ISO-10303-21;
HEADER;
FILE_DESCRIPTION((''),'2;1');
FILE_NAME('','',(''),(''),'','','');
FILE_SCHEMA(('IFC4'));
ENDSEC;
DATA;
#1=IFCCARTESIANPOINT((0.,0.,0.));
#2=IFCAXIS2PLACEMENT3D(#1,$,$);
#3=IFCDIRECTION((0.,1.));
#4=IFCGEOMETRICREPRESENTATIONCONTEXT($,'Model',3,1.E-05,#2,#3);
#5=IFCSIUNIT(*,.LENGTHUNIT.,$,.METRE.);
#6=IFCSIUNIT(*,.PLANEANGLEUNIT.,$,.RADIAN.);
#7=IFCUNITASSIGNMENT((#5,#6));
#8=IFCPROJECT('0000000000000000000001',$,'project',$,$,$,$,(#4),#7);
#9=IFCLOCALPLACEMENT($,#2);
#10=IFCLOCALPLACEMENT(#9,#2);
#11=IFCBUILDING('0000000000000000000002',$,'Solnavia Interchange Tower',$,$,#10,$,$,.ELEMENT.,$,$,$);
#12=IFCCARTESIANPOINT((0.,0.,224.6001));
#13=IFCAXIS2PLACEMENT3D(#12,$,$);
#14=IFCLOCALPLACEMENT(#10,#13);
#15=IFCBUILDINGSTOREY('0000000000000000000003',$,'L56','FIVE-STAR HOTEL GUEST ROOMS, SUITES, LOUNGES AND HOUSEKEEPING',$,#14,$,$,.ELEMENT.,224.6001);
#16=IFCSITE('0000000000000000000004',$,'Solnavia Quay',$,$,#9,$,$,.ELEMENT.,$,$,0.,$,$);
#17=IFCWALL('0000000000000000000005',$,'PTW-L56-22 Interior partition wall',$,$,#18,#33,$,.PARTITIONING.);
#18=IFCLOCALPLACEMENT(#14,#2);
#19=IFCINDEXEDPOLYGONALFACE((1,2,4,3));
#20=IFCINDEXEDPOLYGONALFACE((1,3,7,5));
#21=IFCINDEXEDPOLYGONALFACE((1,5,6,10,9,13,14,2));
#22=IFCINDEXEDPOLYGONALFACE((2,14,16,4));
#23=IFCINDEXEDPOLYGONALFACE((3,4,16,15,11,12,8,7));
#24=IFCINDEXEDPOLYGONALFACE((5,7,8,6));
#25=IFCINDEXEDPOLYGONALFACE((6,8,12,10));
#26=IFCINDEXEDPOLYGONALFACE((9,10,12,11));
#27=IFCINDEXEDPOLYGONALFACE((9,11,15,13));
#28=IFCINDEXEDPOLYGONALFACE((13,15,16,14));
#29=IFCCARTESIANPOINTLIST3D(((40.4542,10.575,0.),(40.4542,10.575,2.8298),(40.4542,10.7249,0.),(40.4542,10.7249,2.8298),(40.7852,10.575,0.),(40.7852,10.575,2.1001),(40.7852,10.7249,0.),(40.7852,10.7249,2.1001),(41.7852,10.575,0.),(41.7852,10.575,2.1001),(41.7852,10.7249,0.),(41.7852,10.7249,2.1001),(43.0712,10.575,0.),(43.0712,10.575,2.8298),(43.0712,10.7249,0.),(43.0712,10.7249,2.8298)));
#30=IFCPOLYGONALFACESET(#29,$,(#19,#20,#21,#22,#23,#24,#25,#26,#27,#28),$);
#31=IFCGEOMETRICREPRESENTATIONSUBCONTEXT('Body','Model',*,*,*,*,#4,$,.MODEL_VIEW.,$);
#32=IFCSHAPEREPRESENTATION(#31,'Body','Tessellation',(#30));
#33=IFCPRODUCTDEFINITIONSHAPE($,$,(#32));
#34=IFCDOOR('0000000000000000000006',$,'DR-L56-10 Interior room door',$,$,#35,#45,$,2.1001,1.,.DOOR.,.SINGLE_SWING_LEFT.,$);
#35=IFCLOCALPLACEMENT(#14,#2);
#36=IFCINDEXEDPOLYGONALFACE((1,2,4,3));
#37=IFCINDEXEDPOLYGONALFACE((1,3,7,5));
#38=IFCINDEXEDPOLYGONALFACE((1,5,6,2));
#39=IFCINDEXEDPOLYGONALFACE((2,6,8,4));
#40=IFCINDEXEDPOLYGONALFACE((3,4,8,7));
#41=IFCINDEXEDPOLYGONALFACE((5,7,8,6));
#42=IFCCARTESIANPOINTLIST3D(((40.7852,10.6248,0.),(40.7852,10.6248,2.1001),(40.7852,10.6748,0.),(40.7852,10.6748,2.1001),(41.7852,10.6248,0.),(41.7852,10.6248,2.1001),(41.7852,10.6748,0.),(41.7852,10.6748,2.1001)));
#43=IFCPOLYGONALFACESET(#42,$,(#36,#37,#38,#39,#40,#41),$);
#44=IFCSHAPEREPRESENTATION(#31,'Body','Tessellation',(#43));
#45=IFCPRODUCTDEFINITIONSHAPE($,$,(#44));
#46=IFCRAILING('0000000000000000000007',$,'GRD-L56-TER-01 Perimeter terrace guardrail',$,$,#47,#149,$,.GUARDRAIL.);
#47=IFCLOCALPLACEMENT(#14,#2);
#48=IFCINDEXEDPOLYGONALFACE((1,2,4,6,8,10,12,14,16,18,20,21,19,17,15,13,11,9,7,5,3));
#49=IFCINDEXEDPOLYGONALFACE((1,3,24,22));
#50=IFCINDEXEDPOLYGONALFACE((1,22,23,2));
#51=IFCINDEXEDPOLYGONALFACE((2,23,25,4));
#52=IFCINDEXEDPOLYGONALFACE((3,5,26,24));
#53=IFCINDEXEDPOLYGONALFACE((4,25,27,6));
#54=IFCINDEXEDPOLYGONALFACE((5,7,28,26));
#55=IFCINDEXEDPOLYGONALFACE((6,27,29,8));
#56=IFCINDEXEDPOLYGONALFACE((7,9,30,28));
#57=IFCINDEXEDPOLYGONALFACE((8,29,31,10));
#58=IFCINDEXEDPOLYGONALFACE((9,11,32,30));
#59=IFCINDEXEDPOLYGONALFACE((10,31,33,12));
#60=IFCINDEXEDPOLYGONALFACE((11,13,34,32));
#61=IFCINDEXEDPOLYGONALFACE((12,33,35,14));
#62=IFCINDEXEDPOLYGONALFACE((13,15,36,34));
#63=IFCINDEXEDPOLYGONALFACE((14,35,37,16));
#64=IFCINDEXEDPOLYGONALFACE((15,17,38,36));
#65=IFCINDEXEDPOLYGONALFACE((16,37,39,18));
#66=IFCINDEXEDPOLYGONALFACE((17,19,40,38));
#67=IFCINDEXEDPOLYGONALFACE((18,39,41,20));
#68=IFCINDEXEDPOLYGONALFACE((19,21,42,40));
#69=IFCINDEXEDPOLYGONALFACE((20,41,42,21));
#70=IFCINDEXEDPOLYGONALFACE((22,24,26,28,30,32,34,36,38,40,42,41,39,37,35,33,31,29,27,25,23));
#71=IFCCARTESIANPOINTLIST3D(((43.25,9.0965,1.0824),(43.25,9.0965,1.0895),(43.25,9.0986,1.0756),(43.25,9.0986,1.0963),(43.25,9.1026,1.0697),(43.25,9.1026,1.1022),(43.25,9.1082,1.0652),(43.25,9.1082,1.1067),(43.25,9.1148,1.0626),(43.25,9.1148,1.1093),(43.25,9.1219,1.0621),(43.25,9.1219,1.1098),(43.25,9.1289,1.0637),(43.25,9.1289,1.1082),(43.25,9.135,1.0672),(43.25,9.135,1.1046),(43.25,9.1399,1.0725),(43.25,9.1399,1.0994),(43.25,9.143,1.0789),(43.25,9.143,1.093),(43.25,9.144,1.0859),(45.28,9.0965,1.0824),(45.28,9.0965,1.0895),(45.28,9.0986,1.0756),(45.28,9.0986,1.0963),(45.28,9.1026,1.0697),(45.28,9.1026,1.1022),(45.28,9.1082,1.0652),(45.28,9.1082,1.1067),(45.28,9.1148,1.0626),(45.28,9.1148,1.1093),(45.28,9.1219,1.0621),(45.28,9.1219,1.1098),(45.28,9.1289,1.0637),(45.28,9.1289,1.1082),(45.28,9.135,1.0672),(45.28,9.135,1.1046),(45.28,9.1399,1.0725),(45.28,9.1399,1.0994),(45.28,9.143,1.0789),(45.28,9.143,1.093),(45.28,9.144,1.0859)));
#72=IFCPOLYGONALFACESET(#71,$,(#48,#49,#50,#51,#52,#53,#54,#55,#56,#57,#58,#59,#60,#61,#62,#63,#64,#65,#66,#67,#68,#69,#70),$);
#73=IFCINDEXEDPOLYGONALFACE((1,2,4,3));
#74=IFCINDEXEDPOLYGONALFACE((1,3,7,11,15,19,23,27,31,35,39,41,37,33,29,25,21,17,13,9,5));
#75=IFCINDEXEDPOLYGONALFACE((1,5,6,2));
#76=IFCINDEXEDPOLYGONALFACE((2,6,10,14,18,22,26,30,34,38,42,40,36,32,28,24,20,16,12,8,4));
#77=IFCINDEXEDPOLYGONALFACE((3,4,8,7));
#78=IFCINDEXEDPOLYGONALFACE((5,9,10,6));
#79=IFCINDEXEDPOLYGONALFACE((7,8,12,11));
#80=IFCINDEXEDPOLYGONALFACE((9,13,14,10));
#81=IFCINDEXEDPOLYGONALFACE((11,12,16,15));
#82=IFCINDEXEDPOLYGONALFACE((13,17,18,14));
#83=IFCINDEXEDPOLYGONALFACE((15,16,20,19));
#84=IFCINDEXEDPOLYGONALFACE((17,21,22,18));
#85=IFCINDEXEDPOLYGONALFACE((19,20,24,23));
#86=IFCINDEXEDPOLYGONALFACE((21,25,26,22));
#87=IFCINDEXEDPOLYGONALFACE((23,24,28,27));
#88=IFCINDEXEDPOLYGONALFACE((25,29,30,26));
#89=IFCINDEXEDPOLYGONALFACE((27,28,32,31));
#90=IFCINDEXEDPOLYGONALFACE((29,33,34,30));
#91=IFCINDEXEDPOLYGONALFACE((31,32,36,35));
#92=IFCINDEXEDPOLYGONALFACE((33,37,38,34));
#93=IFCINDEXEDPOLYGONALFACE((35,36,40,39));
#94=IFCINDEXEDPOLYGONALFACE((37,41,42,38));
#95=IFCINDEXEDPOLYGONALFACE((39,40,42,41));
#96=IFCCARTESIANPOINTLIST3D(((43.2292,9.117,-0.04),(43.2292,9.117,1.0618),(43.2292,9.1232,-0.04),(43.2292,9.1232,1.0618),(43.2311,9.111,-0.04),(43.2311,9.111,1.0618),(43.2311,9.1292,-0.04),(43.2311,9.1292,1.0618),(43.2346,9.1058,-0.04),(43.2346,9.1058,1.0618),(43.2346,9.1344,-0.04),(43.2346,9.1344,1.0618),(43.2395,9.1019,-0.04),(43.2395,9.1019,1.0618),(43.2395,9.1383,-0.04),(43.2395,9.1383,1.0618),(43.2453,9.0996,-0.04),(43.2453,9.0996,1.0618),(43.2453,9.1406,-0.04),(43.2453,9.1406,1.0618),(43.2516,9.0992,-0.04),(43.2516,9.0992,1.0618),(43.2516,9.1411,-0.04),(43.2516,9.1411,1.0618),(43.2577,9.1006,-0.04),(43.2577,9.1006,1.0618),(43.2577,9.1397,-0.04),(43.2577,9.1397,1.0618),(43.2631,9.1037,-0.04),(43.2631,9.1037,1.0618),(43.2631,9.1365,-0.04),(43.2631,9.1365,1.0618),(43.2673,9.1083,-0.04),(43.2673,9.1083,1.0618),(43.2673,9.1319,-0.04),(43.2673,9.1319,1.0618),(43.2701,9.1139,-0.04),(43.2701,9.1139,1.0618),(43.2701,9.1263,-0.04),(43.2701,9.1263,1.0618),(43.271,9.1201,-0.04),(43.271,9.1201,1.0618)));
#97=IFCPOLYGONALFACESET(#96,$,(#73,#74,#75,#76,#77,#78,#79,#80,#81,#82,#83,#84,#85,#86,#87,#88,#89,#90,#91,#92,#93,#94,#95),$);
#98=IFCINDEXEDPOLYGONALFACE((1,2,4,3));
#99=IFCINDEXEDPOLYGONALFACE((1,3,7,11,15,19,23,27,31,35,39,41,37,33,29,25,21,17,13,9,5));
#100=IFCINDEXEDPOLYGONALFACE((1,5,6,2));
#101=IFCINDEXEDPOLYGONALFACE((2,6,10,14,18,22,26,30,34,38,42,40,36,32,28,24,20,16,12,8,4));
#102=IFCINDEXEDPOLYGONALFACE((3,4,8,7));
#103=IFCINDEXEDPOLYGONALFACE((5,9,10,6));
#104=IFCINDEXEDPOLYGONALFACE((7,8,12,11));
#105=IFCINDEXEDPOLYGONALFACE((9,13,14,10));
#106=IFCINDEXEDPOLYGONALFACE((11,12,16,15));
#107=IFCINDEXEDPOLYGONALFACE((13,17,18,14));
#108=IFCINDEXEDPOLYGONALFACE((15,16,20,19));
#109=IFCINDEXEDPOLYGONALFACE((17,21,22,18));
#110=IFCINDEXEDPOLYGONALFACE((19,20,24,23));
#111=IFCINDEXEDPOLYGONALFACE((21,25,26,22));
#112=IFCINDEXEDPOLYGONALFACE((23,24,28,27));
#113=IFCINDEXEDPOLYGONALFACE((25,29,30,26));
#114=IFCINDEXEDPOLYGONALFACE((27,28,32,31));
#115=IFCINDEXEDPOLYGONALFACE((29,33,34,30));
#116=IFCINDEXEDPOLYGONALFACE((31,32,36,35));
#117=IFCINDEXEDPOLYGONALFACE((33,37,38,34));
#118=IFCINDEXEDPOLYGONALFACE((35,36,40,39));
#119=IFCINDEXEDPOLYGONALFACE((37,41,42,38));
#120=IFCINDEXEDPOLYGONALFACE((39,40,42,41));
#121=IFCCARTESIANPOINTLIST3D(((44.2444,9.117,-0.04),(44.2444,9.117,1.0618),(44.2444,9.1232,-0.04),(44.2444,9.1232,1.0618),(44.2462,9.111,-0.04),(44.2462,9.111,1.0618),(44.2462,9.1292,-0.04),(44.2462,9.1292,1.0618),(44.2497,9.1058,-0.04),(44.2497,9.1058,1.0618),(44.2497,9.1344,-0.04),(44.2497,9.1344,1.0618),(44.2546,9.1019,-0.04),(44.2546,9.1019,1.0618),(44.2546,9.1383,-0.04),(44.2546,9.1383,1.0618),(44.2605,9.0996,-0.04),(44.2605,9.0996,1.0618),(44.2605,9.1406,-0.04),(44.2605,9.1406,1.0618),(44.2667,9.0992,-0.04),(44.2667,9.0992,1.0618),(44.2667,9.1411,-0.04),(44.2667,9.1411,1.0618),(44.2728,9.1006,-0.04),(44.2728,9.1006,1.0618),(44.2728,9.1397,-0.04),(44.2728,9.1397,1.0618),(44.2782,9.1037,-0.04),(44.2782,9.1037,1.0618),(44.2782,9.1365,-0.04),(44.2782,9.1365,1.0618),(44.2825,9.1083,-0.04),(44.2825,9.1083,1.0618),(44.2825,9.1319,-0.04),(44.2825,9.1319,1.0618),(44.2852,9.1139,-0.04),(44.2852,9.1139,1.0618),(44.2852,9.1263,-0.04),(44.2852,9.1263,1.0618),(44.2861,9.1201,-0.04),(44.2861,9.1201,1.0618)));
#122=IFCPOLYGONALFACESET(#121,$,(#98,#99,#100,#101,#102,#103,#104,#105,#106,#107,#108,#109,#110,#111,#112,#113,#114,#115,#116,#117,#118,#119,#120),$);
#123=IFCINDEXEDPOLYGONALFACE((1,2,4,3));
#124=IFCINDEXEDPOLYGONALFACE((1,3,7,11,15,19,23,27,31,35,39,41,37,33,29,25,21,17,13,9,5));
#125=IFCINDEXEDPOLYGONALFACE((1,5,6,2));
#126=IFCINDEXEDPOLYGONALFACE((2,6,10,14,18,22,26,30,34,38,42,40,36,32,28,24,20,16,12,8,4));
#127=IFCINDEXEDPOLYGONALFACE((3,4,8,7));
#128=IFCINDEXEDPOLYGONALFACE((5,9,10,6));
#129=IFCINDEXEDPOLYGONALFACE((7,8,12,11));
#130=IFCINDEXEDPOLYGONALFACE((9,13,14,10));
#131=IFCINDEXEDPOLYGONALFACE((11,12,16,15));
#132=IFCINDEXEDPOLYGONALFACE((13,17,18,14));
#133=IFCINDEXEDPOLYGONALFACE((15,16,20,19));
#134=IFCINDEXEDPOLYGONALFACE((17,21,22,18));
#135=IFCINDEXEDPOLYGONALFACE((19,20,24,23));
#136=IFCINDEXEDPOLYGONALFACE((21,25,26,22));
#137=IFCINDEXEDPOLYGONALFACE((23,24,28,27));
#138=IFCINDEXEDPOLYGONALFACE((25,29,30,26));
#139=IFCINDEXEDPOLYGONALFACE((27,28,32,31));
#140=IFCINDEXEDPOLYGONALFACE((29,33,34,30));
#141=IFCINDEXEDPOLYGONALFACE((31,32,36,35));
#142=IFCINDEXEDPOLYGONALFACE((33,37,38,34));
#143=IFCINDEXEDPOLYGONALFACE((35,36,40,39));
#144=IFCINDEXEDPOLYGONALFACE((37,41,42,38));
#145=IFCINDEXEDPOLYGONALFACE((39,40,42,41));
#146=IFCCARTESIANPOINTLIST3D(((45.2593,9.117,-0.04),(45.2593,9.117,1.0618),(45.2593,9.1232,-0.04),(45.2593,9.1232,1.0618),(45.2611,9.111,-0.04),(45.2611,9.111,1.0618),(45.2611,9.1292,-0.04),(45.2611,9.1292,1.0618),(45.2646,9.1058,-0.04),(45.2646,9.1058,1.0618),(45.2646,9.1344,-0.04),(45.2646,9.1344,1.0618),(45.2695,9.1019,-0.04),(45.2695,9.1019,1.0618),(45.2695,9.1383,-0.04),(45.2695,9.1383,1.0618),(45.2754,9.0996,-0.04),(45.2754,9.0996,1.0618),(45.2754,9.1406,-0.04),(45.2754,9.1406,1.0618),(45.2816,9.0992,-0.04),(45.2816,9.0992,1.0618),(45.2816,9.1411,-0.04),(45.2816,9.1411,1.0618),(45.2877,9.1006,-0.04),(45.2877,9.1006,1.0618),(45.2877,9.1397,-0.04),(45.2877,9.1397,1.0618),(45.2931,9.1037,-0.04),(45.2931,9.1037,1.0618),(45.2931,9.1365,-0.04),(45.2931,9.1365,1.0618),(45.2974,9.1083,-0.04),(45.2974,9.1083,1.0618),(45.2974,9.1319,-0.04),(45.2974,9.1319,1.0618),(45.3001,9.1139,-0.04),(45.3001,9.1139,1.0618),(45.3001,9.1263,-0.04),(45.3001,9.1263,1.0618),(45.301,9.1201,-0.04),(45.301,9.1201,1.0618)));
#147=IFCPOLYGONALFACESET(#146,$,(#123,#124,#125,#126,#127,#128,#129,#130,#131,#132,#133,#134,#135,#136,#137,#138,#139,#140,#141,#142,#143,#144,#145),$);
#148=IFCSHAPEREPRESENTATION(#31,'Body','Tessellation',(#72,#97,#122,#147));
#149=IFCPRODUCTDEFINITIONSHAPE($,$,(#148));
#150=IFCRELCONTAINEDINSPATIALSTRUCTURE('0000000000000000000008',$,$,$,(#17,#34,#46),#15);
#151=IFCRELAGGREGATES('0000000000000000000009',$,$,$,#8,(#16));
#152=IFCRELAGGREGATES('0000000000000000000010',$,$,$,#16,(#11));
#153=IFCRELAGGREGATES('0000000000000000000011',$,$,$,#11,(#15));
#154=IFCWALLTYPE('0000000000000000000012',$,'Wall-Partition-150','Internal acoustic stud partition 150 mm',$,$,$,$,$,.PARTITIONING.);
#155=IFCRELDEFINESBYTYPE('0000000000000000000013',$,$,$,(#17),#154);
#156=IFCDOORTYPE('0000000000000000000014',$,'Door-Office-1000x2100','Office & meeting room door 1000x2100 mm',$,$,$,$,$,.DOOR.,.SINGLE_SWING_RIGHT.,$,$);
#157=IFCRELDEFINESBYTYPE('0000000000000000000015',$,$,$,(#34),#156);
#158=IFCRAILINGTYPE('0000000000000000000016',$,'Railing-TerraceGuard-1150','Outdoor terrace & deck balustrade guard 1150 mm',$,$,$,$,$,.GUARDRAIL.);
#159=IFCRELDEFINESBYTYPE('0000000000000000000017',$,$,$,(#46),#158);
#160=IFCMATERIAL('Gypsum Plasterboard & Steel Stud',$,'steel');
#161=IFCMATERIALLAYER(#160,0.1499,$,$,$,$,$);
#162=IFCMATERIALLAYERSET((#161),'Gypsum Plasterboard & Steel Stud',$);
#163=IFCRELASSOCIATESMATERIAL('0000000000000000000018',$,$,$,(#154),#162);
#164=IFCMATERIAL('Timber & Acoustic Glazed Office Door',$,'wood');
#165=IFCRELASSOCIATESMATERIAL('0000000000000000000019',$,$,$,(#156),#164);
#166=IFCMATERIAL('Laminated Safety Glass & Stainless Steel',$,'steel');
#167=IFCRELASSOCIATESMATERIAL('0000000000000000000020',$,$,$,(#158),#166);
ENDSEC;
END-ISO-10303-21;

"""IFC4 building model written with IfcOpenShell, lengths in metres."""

from ifc_helpers import new_model, si_unit, direction, frame, frame_2d, origin, origin_2d, place, context, subcontext, project, spatial, rectangle, circle, extrude, material, layer, layer_set, type_object, element, fill, save


model = new_model("IFC4")

# Units and contexts
model_context = context("Model", 3, precision=1e-05, world=origin(), true_north=direction((0.0, 1.0)))
body_context = subcontext(model_context, "Body", "Model", "MODEL_VIEW")
ifc_project = project(units=[si_unit("LENGTHUNIT", "METRE"), si_unit("PLANEANGLEUNIT", "RADIAN")], contexts=[model_context])

# Site, building, storey
site_placement = place(None, origin())
site = spatial("IfcSite", under=ifc_project, at=site_placement, Name="Solnavia Quay", CompositionType="ELEMENT", RefElevation=0.0)
building_placement = place(site_placement, origin())
building = spatial("IfcBuilding", under=site, at=building_placement, Name="Solnavia Interchange Tower", CompositionType="ELEMENT")
storey_placement = place(building_placement, frame((0.0, 0.0, 224.6001)))
storey = spatial("IfcBuildingStorey", under=building, at=storey_placement, Name="L56", Description="FIVE-STAR HOTEL GUEST ROOMS, SUITES, LOUNGES AND HOUSEKEEPING", CompositionType="ELEMENT", Elevation=224.6001)

# Wall, opening, door
ifc_material_1 = material(Name="Gypsum Plasterboard & Steel Stud", Category="steel")
ifc_layer_1 = layer(ifc_material_1, 0.1499)
ifc_layer_set_1 = layer_set([ifc_layer_1], Name="Gypsum Plasterboard & Steel Stud")
wall_type_1 = type_object("IfcWallType", Name="Wall-Partition-150", Description="Internal acoustic stud partition 150 mm", PredefinedType="PARTITIONING", material=ifc_layer_set_1)
wall_1_placement = place(storey_placement, frame((40.4541, 10.6499, 0.0), z_axis=(0.0, 0.0, 1.0), x_axis=(1.0, 0.0, 0.0)))
wall_1 = element("IfcWall", 1, at=wall_1_placement, inside=storey, type_object=wall_type_1, Name="PTW-L56-22 Interior partition wall", PredefinedType="PARTITIONING", context=body_context, shape_type="SweptSolid", body=[
    extrude(rectangle(XDim=2.6169, YDim=0.1499, at=frame_2d((1.3086, 0.0))), origin(), (0.0, 0.0, 1.0), 2.8298),
])
opening_1_placement = place(wall_1_placement, frame((0.3311, 0.0, 0.0)))
opening_1 = element("IfcOpeningElement", 2, at=opening_1_placement, cuts=wall_1, PredefinedType="OPENING", context=body_context, shape_type="SweptSolid", body=[
    extrude(rectangle(XDim=1.0, YDim=2.1001, at=frame_2d((0.5, 1.05))), frame((0.0, 0.085, 0.0), z_axis=(0.0, -1.0, 0.0), x_axis=(1.0, 0.0, 0.0)), (0.0, 0.0, 1.0), 0.1699),
])
ifc_material_2 = material(Name="Timber & Acoustic Glazed Office Door", Category="wood")
door_type = type_object("IfcDoorType", Name="Door-Office-1000x2100", Description="Office & meeting room door 1000x2100 mm", OperationType="SINGLE_SWING_RIGHT", PredefinedType="DOOR", material=ifc_material_2)
door_placement = place(opening_1_placement, origin())
door = element("IfcDoor", 3, at=door_placement, inside=storey, type_object=door_type, Name="DR-L56-10 Interior room door", OperationType="SINGLE_SWING_LEFT", OverallHeight=2.1001, OverallWidth=1.0, PredefinedType="DOOR", context=body_context, shape_type="SweptSolid", body=[
    extrude(rectangle(XDim=1.0, YDim=2.1001, at=frame_2d((0.5, 1.05))), frame((0.0, 0.0249, 0.0), z_axis=(0.0, -1.0, 0.0), x_axis=(1.0, 0.0, 0.0)), (0.0, 0.0, 1.0), 0.05),
])
fill(opening_1, door)

# Railing
ifc_material_3 = material(Name="Laminated Safety Glass & Stainless Steel", Category="steel")
railing_type = type_object("IfcRailingType", Name="Railing-TerraceGuard-1150", Description="Outdoor terrace & deck balustrade guard 1150 mm", PredefinedType="GUARDRAIL", material=ifc_material_3)
railing_1_placement = place(storey_placement, frame((43.25, 9.1201, -0.04)))
element("IfcRailing", 4, at=railing_1_placement, inside=storey, type_object=railing_type, Name="GRD-L56-TER-01 Perimeter terrace guardrail", PredefinedType="GUARDRAIL", context=body_context, shape_type="SweptSolid", body=[
    extrude(circle(Radius=0.0239, at=origin_2d()), frame((0.0, 0.0, 1.126), z_axis=(1.0, 0.0, 0.0), x_axis=(0.0, 1.0, 0.0)), (0.0, 0.0, 1.0), 2.03),
    extrude(circle(Radius=0.021, at=origin_2d()), origin(), (0.0, 0.0, 1.0), 1.1018),
    extrude(circle(Radius=0.021, at=origin_2d()), frame((1.0151, 0.0, 0.0)), (0.0, 0.0, 1.0), 1.1018),
    extrude(circle(Radius=0.021, at=origin_2d()), frame((2.03, 0.0, 0.0)), (0.0, 0.0, 1.0), 1.1018),
])

save(model, "model.ifc")
